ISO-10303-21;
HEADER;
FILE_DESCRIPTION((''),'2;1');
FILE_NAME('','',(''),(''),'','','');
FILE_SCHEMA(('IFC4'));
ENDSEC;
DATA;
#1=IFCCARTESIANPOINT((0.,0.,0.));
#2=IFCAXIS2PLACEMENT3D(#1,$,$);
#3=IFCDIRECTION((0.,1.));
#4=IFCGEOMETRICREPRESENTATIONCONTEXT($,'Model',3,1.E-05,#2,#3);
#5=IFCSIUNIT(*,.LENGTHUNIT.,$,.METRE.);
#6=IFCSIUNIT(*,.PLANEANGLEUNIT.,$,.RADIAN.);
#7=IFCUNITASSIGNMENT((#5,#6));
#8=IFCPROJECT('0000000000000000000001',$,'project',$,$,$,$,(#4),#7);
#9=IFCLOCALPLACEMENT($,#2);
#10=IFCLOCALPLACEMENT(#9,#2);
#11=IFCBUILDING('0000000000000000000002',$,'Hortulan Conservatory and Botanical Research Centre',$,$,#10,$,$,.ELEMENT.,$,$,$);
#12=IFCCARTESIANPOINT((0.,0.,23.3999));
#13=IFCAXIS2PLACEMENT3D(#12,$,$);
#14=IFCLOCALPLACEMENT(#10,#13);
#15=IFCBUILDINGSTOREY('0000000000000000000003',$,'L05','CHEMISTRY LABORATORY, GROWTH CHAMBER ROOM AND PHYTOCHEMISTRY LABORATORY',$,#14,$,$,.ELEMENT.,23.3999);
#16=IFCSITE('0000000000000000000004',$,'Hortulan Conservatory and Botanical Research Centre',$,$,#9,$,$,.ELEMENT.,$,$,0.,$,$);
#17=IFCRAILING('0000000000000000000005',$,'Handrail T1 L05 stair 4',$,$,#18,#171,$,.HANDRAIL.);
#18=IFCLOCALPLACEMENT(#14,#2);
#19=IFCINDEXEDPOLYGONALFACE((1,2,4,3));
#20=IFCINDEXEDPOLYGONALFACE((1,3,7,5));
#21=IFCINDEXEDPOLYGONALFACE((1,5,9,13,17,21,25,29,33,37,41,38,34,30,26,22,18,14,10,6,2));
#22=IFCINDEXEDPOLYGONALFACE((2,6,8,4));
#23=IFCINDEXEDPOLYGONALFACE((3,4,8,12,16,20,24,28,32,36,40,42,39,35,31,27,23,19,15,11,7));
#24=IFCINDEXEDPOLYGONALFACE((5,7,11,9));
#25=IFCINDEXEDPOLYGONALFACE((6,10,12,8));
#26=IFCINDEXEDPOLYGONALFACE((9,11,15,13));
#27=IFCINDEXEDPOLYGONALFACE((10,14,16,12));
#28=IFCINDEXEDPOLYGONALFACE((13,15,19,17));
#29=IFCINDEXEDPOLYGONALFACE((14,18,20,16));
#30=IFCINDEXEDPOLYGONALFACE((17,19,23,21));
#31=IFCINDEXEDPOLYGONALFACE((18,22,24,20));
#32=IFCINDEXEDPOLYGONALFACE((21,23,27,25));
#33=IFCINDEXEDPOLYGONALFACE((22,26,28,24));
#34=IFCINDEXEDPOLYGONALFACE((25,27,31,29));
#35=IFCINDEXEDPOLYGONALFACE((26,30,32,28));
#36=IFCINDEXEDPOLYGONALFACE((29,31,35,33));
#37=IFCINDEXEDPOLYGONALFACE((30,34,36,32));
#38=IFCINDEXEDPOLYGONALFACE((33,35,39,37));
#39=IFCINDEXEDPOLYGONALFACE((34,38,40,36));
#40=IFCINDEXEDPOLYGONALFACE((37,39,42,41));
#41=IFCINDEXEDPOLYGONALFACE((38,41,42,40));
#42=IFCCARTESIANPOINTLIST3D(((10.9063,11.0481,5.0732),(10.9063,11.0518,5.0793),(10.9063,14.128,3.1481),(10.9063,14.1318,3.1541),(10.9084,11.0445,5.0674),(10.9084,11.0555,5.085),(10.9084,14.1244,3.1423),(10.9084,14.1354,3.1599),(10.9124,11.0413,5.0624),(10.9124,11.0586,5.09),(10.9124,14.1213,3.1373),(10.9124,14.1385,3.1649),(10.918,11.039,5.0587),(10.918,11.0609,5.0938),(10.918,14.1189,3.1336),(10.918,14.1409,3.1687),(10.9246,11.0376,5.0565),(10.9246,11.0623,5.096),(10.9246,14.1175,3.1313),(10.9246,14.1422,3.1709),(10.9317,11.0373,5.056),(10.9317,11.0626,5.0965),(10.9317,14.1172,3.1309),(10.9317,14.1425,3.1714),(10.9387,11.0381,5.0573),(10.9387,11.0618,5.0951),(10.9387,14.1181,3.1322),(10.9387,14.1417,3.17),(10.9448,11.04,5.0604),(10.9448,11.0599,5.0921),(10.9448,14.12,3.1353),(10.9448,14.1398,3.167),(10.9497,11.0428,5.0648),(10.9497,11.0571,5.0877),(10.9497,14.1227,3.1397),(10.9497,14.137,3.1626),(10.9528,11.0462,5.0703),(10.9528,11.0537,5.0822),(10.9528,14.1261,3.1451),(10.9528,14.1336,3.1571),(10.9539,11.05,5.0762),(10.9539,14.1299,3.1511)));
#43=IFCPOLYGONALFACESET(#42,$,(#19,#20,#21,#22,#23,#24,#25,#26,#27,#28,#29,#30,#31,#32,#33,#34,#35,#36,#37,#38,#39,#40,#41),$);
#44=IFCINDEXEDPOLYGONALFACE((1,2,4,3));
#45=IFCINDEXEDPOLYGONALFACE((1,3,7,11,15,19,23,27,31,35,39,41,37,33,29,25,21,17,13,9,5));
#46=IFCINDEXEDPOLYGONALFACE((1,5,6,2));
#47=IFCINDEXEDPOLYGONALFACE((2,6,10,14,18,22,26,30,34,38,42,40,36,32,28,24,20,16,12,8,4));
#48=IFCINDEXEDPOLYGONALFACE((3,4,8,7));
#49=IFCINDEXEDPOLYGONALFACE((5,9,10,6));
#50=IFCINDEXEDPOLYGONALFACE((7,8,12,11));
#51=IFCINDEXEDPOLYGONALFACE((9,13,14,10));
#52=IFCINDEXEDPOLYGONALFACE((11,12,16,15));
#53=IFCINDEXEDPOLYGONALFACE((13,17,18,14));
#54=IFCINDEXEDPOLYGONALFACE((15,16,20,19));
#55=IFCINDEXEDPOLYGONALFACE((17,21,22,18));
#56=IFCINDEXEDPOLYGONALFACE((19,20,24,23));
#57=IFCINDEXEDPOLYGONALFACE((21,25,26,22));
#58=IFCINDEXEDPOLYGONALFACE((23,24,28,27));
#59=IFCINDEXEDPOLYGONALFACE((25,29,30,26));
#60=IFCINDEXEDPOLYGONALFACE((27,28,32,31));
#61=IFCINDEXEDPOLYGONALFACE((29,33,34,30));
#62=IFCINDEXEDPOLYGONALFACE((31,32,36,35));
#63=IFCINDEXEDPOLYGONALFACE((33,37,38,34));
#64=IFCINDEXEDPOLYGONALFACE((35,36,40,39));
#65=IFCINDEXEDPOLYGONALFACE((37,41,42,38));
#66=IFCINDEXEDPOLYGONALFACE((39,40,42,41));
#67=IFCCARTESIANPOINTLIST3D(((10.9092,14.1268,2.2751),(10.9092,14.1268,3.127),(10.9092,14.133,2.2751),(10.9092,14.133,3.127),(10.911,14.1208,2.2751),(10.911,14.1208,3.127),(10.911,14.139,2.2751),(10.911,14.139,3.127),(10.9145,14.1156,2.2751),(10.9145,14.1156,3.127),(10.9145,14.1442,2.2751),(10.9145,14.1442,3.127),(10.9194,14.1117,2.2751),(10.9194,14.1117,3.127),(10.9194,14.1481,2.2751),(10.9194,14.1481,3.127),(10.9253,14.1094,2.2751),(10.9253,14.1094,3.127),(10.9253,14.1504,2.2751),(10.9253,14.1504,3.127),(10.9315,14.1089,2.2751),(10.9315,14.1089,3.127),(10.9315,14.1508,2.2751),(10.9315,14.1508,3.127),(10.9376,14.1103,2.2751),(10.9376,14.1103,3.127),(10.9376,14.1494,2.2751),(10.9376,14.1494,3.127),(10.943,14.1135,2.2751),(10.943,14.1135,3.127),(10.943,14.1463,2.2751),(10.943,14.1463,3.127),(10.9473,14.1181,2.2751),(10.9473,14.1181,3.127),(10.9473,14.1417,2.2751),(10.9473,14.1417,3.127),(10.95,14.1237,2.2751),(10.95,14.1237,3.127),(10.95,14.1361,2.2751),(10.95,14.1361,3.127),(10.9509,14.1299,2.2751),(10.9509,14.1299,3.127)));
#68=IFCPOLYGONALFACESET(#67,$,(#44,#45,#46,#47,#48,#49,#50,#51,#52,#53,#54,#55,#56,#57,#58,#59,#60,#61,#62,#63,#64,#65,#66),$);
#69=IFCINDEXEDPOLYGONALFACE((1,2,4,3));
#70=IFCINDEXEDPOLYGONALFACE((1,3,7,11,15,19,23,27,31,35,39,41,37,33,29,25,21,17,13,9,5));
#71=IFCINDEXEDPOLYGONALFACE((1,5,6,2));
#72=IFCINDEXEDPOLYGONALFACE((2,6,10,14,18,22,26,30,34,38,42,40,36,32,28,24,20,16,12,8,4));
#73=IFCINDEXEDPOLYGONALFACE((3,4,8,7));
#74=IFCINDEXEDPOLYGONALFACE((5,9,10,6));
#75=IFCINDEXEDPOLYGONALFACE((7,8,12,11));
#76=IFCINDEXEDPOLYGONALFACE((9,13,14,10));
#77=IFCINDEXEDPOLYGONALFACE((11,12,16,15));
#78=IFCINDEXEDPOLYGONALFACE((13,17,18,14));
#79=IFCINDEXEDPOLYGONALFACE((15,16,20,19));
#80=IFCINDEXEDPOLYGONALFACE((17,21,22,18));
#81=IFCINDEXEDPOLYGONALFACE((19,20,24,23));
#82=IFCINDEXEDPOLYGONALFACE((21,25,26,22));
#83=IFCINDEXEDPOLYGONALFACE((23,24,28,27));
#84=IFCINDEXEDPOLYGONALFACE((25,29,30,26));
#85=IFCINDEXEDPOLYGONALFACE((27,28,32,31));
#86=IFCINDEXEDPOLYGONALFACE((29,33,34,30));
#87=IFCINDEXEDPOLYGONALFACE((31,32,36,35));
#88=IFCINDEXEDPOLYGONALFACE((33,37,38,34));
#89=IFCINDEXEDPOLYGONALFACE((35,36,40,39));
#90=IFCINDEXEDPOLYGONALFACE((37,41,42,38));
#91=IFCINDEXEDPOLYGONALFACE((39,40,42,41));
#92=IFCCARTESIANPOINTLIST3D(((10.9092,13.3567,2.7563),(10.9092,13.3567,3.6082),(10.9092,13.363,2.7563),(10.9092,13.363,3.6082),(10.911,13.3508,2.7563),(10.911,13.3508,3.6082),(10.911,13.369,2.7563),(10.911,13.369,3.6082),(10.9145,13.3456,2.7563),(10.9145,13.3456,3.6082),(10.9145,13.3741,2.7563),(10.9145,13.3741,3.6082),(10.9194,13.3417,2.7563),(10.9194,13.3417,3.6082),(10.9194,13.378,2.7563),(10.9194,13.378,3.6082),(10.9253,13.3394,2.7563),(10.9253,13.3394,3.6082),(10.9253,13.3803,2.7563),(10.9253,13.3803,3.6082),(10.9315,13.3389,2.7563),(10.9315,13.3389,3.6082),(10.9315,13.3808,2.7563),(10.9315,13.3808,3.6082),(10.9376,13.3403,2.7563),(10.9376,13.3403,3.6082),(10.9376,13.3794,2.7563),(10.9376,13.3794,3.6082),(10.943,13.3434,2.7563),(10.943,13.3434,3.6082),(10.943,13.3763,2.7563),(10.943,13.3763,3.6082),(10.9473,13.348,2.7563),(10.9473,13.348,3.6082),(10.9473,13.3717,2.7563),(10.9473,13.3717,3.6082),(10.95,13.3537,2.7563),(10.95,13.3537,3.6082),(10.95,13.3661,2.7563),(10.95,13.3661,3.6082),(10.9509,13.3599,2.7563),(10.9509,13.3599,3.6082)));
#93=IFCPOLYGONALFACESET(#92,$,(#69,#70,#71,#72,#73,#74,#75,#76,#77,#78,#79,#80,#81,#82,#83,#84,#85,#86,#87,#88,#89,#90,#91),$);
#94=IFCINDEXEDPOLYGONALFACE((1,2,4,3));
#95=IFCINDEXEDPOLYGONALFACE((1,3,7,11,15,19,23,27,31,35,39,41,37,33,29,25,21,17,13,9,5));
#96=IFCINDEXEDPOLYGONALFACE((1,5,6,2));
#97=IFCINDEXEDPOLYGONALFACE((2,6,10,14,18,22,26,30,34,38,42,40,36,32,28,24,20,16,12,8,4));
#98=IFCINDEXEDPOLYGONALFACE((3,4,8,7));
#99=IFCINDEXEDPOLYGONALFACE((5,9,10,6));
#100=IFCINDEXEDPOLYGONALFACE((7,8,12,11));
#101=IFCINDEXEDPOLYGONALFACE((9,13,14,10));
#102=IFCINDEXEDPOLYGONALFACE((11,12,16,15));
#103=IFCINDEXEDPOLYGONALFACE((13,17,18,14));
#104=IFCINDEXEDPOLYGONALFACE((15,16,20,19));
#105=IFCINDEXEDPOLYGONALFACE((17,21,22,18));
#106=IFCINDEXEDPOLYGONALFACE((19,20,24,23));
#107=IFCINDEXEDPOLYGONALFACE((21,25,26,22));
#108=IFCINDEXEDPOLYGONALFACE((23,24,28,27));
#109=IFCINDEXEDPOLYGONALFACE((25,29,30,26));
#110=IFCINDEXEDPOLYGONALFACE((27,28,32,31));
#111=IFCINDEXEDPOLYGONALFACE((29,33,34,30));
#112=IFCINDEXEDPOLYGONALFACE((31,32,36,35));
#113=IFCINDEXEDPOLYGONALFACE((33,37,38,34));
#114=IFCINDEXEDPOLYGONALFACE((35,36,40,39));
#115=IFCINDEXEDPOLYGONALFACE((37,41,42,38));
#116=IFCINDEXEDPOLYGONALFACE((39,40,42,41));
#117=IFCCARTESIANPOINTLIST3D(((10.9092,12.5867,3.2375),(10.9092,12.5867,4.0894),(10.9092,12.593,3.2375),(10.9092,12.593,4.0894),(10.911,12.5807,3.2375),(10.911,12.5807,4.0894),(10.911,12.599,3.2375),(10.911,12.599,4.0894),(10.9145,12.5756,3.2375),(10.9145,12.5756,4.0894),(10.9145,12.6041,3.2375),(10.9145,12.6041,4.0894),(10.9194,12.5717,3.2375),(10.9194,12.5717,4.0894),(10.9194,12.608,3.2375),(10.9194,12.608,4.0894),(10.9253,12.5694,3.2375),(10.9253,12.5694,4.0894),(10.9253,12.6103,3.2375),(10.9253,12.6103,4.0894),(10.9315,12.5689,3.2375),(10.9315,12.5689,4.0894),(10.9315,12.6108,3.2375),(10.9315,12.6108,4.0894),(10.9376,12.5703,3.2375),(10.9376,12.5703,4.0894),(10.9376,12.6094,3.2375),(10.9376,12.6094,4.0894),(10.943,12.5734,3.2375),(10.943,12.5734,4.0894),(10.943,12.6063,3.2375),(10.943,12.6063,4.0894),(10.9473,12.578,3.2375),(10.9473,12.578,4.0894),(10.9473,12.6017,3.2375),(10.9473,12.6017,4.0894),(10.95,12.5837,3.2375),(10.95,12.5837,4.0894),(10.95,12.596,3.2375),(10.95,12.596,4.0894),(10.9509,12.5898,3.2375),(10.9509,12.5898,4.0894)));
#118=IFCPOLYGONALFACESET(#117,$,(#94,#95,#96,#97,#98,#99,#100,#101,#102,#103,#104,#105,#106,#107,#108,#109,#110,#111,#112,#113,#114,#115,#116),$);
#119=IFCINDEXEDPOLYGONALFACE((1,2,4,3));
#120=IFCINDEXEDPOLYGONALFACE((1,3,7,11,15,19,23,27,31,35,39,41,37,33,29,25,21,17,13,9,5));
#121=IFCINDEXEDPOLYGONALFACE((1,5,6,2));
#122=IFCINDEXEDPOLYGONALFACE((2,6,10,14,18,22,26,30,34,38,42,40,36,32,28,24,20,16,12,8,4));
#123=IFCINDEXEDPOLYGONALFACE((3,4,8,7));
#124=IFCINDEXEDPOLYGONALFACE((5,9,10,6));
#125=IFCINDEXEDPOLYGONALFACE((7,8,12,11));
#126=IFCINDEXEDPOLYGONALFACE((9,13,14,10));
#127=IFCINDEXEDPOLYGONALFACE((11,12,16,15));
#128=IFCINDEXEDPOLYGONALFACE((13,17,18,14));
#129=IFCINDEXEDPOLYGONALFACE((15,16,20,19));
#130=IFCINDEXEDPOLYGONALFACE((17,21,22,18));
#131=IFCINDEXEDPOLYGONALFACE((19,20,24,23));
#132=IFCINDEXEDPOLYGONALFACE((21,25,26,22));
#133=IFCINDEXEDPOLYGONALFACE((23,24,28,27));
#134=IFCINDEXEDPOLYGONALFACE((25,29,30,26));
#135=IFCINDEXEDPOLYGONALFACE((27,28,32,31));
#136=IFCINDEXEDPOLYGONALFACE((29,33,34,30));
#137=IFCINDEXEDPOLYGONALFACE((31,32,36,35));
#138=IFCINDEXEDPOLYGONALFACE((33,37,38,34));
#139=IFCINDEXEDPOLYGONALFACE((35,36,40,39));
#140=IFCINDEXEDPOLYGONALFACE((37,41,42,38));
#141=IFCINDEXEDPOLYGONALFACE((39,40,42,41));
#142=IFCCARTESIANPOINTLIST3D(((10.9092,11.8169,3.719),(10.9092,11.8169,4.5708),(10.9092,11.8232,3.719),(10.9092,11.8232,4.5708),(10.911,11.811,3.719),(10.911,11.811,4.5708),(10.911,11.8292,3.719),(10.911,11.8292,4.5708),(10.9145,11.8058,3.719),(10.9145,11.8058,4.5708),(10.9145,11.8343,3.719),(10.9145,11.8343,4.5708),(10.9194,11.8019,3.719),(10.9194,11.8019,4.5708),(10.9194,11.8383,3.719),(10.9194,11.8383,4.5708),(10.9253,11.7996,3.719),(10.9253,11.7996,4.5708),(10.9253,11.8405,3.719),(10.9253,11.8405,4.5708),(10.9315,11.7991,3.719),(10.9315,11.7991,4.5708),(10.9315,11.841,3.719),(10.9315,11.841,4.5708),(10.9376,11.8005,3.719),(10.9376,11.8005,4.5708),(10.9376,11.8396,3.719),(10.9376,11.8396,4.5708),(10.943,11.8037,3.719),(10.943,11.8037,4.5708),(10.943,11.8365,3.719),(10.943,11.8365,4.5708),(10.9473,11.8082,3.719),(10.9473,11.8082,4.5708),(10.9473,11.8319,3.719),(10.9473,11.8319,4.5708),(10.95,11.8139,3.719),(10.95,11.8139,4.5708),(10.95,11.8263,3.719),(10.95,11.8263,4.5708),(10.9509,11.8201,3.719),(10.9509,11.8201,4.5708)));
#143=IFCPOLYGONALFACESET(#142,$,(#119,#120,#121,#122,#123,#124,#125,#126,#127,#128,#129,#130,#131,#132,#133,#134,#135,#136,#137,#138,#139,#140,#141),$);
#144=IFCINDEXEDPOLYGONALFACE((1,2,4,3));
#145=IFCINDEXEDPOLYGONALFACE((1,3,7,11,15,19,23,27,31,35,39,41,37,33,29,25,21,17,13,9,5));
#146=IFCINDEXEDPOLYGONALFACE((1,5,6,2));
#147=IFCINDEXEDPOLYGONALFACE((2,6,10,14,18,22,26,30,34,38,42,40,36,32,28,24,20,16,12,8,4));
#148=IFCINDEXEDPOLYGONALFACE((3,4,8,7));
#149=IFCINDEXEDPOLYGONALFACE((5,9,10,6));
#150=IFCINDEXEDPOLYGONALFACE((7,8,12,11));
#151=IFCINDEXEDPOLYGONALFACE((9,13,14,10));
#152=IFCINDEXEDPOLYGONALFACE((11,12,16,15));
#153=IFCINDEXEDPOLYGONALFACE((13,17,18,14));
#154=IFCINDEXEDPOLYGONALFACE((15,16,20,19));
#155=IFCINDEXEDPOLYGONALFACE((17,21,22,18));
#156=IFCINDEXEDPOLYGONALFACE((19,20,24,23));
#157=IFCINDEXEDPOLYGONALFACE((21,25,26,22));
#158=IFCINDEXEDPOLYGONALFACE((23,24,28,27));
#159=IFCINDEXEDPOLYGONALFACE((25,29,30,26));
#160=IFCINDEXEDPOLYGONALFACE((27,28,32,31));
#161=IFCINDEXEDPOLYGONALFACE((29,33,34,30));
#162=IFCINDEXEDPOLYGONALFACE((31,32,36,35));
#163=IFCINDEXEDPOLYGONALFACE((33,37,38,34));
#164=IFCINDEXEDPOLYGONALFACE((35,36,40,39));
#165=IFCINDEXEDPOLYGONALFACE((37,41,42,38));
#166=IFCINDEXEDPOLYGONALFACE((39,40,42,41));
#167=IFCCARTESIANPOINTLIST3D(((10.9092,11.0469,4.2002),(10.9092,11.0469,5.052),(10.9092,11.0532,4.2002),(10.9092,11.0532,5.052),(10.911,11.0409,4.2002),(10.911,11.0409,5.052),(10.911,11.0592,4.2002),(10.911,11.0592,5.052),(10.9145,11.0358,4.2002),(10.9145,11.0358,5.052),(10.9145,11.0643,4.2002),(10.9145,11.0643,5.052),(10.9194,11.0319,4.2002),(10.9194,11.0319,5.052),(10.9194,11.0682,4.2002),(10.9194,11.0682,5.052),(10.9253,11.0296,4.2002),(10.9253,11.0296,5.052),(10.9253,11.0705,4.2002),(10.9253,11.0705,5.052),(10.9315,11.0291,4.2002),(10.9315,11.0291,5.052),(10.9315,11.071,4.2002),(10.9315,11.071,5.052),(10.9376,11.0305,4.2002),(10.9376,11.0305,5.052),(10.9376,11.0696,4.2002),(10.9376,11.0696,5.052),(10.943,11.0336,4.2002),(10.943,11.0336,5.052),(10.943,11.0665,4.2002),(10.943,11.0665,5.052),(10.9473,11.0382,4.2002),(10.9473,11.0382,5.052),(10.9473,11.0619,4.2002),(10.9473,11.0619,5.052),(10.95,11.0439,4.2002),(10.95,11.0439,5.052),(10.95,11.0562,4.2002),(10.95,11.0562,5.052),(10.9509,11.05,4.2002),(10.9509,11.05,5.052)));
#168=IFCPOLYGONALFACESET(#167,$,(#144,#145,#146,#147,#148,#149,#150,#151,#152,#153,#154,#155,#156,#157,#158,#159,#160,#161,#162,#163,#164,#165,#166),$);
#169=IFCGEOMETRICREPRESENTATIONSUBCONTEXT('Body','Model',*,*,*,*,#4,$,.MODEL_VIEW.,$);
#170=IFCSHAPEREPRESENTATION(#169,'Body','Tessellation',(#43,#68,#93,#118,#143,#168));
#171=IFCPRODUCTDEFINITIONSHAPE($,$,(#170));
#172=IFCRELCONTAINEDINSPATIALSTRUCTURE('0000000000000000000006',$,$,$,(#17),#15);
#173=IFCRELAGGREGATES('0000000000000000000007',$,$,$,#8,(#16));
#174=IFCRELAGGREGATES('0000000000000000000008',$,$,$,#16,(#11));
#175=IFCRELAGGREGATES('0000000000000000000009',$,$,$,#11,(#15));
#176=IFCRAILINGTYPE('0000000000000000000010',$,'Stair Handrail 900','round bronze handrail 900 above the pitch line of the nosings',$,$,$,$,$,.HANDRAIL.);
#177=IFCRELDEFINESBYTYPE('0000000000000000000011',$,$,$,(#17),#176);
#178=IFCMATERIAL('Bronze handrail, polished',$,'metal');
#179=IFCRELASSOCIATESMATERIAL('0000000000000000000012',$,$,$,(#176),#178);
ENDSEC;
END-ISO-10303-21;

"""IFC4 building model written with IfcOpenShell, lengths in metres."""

from ifc_helpers import new_model, si_unit, direction, frame, origin, origin_2d, place, context, subcontext, project, spatial, circle, extrude, material, type_object, element, save


model = new_model("IFC4")

# Units and contexts
model_context = context("Model", 3, precision=1e-05, world=origin(), true_north=direction((0.0, 1.0)))
body_context = subcontext(model_context, "Body", "Model", "MODEL_VIEW")
ifc_project = project(units=[si_unit("LENGTHUNIT", "METRE"), si_unit("PLANEANGLEUNIT", "RADIAN")], contexts=[model_context])

# Site, building, storey
site_placement = place(None, origin())
site = spatial("IfcSite", under=ifc_project, at=site_placement, Name="Hortulan Conservatory and Botanical Research Centre", CompositionType="ELEMENT", RefElevation=0.0)
building_placement = place(site_placement, origin())
building = spatial("IfcBuilding", under=site, at=building_placement, Name="Hortulan Conservatory and Botanical Research Centre", CompositionType="ELEMENT")
storey_placement = place(building_placement, frame((0.0, 0.0, 23.3999)))
storey = spatial("IfcBuildingStorey", under=building, at=storey_placement, Name="L05", Description="CHEMISTRY LABORATORY, GROWTH CHAMBER ROOM AND PHYTOCHEMISTRY LABORATORY", CompositionType="ELEMENT", Elevation=23.3999)

# Railing
ifc_material_1 = material(Name="Bronze handrail, polished", Category="metal")
railing_type_1 = type_object("IfcRailingType", Name="Stair Handrail 900", Description="round bronze handrail 900 above the pitch line of the nosings", PredefinedType="HANDRAIL", material=ifc_material_1)
railing_1_placement = place(storey_placement, frame((10.9299, 14.1299, 2.2751)))
element("IfcRailing", 1, at=railing_1_placement, inside=storey, type_object=railing_type_1, Name="Handrail T1 L05 stair 4", PredefinedType="HANDRAIL", context=body_context, shape_type="SweptSolid", body=[
    extrude(circle(Radius=0.0239, at=origin_2d()), frame((0.0, 0.0, 0.876), z_axis=(0.0, -0.847979, 0.530029), x_axis=(1.0, 0.0, 0.0)), (0.0, 0.0, 1.0), 3.6321),
    extrude(circle(Radius=0.021, at=origin_2d()), origin(), (0.0, 0.0, 1.0), 0.8518),
    extrude(circle(Radius=0.021, at=origin_2d()), frame((0.0, -0.77, 0.4812)), (0.0, 0.0, 1.0), 0.8518),
    extrude(circle(Radius=0.021, at=origin_2d()), frame((0.0, -1.54, 0.9624)), (0.0, 0.0, 1.0), 0.8518),
    extrude(circle(Radius=0.021, at=origin_2d()), frame((0.0, -2.3098, 1.4438)), (0.0, 0.0, 1.0), 0.8518),
    extrude(circle(Radius=0.021, at=origin_2d()), frame((0.0, -3.0798, 1.925)), (0.0, 0.0, 1.0), 0.8518),
])

save(model, "model.ifc")
